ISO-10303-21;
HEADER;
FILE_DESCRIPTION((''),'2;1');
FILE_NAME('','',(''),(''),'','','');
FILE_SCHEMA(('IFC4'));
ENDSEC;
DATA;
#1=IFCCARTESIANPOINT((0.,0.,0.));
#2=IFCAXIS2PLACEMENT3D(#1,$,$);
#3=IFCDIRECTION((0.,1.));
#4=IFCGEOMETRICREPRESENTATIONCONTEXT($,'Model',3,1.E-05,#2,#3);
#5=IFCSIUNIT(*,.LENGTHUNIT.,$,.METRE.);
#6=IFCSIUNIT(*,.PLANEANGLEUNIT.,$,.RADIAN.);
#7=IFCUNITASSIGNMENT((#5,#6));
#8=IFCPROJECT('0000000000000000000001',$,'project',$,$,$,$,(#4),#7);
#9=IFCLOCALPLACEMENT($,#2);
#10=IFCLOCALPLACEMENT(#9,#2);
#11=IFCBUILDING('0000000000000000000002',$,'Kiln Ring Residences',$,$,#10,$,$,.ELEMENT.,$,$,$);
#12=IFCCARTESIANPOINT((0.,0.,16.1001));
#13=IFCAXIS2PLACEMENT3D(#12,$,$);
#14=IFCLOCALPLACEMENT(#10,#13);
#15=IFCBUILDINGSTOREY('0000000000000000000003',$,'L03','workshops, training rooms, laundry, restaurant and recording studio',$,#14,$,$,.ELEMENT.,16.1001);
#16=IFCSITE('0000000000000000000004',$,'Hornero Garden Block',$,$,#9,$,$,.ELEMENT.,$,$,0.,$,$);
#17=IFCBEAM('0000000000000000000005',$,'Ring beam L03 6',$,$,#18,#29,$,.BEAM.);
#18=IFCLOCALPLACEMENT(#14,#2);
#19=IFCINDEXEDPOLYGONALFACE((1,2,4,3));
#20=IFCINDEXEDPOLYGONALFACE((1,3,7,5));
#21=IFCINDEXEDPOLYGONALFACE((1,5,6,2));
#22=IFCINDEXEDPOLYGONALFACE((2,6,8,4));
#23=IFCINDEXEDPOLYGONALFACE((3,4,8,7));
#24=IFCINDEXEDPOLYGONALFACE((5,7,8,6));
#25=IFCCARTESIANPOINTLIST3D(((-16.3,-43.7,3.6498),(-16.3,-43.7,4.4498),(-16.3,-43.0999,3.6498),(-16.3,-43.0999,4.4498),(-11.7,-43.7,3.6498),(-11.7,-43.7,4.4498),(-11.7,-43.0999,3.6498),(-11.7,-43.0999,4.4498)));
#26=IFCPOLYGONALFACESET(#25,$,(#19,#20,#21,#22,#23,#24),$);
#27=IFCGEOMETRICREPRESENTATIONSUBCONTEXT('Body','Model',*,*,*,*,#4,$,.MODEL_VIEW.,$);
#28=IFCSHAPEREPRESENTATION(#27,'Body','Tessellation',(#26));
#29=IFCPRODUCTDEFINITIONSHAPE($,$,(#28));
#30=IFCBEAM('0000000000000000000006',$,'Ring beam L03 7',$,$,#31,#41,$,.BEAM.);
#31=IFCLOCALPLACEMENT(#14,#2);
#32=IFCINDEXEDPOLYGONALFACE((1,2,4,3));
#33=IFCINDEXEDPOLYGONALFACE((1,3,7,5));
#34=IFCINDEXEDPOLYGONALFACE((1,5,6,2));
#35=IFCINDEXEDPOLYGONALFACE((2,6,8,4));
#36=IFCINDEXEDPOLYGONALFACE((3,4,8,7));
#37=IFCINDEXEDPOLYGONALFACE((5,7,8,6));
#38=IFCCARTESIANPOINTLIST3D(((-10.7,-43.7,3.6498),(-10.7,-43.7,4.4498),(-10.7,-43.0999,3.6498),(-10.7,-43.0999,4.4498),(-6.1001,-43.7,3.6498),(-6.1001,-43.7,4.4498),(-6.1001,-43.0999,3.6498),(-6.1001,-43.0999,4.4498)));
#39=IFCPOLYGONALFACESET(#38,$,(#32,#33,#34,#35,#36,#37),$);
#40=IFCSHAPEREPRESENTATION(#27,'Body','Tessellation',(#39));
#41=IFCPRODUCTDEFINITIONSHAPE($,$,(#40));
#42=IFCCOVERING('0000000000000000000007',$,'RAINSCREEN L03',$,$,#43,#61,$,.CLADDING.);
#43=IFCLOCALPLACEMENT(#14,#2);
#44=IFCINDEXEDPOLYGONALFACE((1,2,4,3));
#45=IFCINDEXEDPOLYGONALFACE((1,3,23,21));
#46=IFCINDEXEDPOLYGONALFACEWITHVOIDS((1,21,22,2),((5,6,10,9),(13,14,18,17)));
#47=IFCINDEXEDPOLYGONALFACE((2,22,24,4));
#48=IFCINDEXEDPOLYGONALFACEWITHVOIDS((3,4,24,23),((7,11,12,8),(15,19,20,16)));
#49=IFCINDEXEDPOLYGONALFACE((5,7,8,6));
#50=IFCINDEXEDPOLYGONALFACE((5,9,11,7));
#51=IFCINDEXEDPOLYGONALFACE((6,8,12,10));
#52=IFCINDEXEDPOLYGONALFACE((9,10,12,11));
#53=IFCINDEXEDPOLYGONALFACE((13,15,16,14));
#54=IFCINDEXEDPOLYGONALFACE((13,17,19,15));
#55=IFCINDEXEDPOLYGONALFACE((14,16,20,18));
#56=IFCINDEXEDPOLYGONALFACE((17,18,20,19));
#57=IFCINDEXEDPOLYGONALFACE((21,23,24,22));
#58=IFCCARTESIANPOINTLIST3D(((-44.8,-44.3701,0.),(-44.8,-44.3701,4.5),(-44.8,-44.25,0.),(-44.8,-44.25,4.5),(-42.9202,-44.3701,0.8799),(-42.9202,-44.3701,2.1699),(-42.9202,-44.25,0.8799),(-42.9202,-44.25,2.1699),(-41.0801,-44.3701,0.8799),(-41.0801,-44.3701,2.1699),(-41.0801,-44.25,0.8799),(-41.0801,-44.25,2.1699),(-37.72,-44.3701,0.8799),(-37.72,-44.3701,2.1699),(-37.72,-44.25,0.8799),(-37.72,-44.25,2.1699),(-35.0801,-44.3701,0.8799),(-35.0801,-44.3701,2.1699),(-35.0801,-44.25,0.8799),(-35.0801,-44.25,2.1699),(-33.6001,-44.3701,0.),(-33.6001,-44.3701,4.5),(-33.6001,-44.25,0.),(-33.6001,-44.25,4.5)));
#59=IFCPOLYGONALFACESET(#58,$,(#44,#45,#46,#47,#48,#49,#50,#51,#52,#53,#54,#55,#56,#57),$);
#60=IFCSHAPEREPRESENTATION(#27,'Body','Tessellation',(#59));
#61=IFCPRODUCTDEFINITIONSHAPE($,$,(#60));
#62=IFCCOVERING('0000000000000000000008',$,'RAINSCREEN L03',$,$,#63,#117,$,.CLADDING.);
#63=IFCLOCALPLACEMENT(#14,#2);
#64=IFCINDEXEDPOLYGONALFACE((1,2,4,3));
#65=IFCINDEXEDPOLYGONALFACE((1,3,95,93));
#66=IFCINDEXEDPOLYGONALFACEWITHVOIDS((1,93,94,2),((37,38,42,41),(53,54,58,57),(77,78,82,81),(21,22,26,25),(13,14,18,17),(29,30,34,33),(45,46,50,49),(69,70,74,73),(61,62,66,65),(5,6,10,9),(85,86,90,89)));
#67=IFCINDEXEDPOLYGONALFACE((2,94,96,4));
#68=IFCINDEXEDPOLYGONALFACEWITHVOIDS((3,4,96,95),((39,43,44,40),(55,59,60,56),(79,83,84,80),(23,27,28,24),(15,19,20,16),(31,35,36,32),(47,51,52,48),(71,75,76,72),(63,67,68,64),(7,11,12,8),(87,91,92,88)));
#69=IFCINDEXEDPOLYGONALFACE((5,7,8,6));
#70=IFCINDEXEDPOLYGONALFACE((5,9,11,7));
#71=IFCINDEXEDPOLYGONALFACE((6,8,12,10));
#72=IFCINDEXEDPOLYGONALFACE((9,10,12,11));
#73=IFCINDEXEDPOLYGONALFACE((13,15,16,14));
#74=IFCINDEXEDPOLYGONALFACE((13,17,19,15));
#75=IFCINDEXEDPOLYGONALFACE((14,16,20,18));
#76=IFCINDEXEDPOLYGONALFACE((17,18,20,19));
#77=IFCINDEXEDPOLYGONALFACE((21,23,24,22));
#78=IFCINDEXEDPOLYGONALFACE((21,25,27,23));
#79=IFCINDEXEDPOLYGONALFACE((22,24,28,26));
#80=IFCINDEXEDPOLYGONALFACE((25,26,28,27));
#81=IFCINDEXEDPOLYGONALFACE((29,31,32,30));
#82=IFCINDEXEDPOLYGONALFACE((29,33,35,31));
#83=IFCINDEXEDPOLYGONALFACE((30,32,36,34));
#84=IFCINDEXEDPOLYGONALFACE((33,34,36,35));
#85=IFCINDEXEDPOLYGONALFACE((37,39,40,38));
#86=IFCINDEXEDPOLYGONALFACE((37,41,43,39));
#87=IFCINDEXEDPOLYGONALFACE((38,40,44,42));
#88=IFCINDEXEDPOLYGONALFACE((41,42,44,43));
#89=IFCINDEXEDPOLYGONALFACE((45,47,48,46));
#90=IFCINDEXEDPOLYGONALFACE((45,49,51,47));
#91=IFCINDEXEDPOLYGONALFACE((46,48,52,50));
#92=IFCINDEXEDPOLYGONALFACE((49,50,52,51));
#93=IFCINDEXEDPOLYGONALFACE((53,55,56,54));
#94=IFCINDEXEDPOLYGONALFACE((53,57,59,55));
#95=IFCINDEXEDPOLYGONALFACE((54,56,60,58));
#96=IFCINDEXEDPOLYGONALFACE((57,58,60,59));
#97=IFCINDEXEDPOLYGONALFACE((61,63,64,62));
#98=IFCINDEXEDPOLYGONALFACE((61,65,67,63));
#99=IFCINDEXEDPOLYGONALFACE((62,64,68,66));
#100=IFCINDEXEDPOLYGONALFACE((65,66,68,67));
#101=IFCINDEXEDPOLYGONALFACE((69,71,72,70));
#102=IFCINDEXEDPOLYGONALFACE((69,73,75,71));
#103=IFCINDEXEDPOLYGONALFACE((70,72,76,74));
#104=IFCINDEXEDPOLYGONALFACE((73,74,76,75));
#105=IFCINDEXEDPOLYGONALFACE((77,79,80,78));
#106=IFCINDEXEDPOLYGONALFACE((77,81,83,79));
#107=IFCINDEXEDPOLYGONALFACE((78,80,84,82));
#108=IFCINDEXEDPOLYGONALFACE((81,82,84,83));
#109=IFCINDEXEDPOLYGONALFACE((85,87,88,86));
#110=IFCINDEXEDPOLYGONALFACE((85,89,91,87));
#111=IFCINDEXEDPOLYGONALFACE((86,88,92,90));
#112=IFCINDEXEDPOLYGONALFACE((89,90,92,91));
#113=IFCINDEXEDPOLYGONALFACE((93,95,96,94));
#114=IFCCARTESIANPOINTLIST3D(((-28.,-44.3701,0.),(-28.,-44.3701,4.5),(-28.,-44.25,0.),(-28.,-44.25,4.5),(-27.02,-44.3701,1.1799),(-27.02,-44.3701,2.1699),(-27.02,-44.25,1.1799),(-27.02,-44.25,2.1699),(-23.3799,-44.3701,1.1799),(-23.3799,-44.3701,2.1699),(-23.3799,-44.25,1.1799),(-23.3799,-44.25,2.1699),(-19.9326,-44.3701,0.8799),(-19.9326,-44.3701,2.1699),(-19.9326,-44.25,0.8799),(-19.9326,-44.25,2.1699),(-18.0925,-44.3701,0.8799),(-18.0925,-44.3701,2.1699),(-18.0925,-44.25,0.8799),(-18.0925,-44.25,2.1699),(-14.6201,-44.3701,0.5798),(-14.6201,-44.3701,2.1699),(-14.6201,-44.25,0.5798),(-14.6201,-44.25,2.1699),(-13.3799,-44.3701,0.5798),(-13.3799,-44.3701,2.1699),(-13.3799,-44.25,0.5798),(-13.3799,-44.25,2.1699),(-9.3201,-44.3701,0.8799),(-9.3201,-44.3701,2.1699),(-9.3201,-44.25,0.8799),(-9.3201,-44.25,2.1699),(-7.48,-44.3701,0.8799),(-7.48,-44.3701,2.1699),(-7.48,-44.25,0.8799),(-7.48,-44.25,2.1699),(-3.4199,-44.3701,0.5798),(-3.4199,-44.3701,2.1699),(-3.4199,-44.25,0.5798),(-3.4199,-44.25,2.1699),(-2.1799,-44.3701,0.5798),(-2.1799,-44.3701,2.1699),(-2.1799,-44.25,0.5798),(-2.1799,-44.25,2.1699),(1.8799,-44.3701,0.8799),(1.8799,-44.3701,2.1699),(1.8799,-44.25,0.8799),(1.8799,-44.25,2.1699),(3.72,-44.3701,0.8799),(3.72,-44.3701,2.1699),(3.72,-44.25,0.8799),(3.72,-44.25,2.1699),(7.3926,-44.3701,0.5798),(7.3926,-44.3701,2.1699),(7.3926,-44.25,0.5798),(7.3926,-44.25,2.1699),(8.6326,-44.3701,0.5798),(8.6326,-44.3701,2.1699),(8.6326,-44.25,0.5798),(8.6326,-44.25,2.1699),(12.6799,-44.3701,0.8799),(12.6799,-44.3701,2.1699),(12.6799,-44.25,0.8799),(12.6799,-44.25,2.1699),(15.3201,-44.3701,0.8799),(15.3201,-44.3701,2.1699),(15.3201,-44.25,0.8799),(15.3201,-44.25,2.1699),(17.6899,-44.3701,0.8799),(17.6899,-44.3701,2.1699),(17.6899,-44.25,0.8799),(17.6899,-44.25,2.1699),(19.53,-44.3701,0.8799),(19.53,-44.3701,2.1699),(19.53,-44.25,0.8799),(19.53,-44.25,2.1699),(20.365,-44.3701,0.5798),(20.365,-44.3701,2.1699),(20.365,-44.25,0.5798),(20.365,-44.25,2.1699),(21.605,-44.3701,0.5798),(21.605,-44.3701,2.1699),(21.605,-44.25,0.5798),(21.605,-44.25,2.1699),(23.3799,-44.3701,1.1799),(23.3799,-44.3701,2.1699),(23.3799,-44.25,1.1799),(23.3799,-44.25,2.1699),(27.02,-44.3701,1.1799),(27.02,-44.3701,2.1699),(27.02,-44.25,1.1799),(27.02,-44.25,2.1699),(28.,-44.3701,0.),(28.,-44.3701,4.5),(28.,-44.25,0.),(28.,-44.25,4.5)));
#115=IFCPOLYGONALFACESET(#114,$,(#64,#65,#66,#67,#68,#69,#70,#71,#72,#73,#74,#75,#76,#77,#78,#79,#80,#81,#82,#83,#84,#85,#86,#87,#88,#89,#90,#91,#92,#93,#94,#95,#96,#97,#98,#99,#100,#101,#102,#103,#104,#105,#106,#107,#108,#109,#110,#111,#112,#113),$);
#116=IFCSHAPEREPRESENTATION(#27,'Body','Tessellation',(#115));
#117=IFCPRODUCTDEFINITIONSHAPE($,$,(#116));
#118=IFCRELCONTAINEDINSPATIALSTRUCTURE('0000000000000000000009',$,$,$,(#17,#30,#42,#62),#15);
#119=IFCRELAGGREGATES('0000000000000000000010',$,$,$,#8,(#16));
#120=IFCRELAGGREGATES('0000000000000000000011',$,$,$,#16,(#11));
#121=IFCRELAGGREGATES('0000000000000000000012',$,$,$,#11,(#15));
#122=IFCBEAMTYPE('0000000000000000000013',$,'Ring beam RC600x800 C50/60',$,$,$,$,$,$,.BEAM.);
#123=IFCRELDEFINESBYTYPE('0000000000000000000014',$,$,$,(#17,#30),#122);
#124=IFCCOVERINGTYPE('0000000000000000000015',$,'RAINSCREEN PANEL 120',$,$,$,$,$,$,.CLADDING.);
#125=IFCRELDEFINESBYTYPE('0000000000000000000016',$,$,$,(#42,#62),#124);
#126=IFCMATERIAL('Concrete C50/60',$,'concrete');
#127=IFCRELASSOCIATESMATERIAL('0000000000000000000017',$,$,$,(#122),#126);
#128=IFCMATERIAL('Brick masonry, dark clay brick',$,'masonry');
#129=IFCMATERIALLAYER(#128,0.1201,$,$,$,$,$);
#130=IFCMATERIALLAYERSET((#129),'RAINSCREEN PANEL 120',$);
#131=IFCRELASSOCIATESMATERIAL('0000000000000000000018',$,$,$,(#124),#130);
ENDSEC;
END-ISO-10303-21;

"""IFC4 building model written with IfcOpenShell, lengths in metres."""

from ifc_helpers import new_model, si_unit, direction, frame, origin, origin_2d, place, context, subcontext, project, spatial, polyline, rectangle, outline, extrude, material, layer, layer_set, material_profile, profile_set, type_object, element, save


model = new_model("IFC4")

# Units and contexts
model_context = context("Model", 3, precision=1e-05, world=origin(), true_north=direction((0.0, 1.0)))
body_context = subcontext(model_context, "Body", "Model", "MODEL_VIEW")
ifc_project = project(units=[si_unit("LENGTHUNIT", "METRE"), si_unit("PLANEANGLEUNIT", "RADIAN")], contexts=[model_context])

# Site, building, storey
site_placement = place(None, origin())
site = spatial("IfcSite", under=ifc_project, at=site_placement, Name="Hornero Garden Block", CompositionType="ELEMENT", RefElevation=0.0)
building_placement = place(site_placement, origin())
building = spatial("IfcBuilding", under=site, at=building_placement, Name="Kiln Ring Residences", CompositionType="ELEMENT")
storey_placement = place(building_placement, frame((0.0, 0.0, 16.1001)))
storey = spatial("IfcBuildingStorey", under=building, at=storey_placement, Name="L03", Description="workshops, training rooms, laundry, restaurant and recording studio", CompositionType="ELEMENT", Elevation=16.1001)

# Beams
ifc_material_1 = material(Name="Concrete C50/60", Category="concrete")
ifc_material_profile_1 = material_profile(ifc_material_1, rectangle(XDim=0.6001, YDim=0.8, at=origin_2d()), Name="RC600x800")
ifc_profile_set_1 = profile_set([ifc_material_profile_1], Name="Concrete C50/60")
beam_type = type_object("IfcBeamType", Name="Ring beam RC600x800 C50/60", PredefinedType="BEAM", material=ifc_profile_set_1)
beam_1_placement = place(storey_placement, frame((-16.3, -43.3999, 4.0498), z_axis=(1.0, 0.0, 0.0), x_axis=(0.0, 1.0, 0.0)))
element("IfcBeam", 1, at=beam_1_placement, inside=storey, type_object=beam_type, Name="Ring beam L03 6", PredefinedType="BEAM", context=body_context, shape_type="SweptSolid", body=[
    extrude(rectangle(XDim=0.6001, YDim=0.8, at=origin_2d()), origin(), (0.0, 0.0, 1.0), 4.6001),
])
beam_2_placement = place(storey_placement, frame((-10.7, -43.3999, 4.0498), z_axis=(1.0, 0.0, 0.0), x_axis=(0.0, 1.0, 0.0)))
element("IfcBeam", 2, at=beam_2_placement, inside=storey, type_object=beam_type, Name="Ring beam L03 7", PredefinedType="BEAM", context=body_context, shape_type="SweptSolid", body=[
    extrude(rectangle(XDim=0.6001, YDim=0.8, at=origin_2d()), origin(), (0.0, 0.0, 1.0), 4.5999),
])

# Coverings
ifc_material_2 = material(Name="Brick masonry, dark clay brick", Category="masonry")
ifc_layer_1 = layer(ifc_material_2, 0.1201)
ifc_layer_set_1 = layer_set([ifc_layer_1], Name="RAINSCREEN PANEL 120")
covering_type = type_object("IfcCoveringType", Name="RAINSCREEN PANEL 120", PredefinedType="CLADDING", material=ifc_layer_set_1)
covering_1_placement = place(storey_placement, frame((-44.8, -44.3101, 0.0), z_axis=(0.0, 0.0, 1.0), x_axis=(1.0, 0.0, 0.0)))
element("IfcCovering", 3, at=covering_1_placement, inside=storey, type_object=covering_type, Name="RAINSCREEN L03", PredefinedType="CLADDING", context=body_context, shape_type="SweptSolid", body=[
    extrude(outline(polyline([(0.0, 0.0), (11.2, 0.0), (11.2, 4.5), (0.0, 4.5), (0.0, 0.0)]), holes=[polyline([(3.72, 2.1699), (1.8799, 2.1699), (1.8799, 0.8799), (3.72, 0.8799), (3.72, 2.1699)]), polyline([(9.72, 2.1699), (7.0801, 2.1699), (7.0801, 0.8799), (9.72, 0.8799), (9.72, 2.1699)])]), frame((0.0, 0.0601, 0.0), z_axis=(0.0, -1.0, 0.0), x_axis=(1.0, 0.0, 0.0)), (0.0, 0.0, 1.0), 0.1201),
])
covering_2_placement = place(storey_placement, frame((-28.0, -44.3101, 0.0), z_axis=(0.0, 0.0, 1.0), x_axis=(1.0, 0.0, 0.0)))
element("IfcCovering", 4, at=covering_2_placement, inside=storey, type_object=covering_type, Name="RAINSCREEN L03", PredefinedType="CLADDING", context=body_context, shape_type="SweptSolid", body=[
    extrude(outline(polyline([(0.0, 0.0), (56.0, 0.0), (56.0, 4.5), (0.0, 4.5), (0.0, 0.0)]), holes=[polyline([(13.3799, 0.5798), (14.6201, 0.5798), (14.6201, 2.1699), (13.3799, 2.1699), (13.3799, 0.5798)]), polyline([(24.5801, 0.5798), (25.8201, 0.5798), (25.8201, 2.1699), (24.5801, 2.1699), (24.5801, 0.5798)]), polyline([(8.0674, 0.8799), (9.9075, 0.8799), (9.9075, 2.1699), (8.0674, 2.1699), (8.0674, 0.8799)]), polyline([(18.6799, 2.1699), (18.6799, 0.8799), (20.52, 0.8799), (20.52, 2.1699), (18.6799, 2.1699)]), polyline([(29.8799, 2.1699), (29.8799, 0.8799), (31.72, 0.8799), (31.72, 2.1699), (29.8799, 2.1699)]), polyline([(0.98, 1.1799), (4.6201, 1.1799), (4.6201, 2.1699), (0.98, 2.1699), (0.98, 1.1799)]), polyline([(35.3926, 2.1699), (35.3926, 0.5798), (36.6326, 0.5798), (36.6326, 2.1699), (35.3926, 2.1699)]), polyline([(48.365, 2.1699), (48.365, 0.5798), (49.605, 0.5798), (49.605, 2.1699), (48.365, 2.1699)]), polyline([(40.6799, 0.8799), (43.3201, 0.8799), (43.3201, 2.1699), (40.6799, 2.1699), (40.6799, 0.8799)]), polyline([(45.6899, 2.1699), (45.6899, 0.8799), (47.53, 0.8799), (47.53, 2.1699), (45.6899, 2.1699)]), polyline([(51.3799, 2.1699), (51.3799, 1.1799), (55.02, 1.1799), (55.02, 2.1699), (51.3799, 2.1699)])]), frame((0.0, 0.0601, 0.0), z_axis=(0.0, -1.0, 0.0), x_axis=(1.0, 0.0, 0.0)), (0.0, 0.0, 1.0), 0.1201),
])

save(model, "model.ifc")
